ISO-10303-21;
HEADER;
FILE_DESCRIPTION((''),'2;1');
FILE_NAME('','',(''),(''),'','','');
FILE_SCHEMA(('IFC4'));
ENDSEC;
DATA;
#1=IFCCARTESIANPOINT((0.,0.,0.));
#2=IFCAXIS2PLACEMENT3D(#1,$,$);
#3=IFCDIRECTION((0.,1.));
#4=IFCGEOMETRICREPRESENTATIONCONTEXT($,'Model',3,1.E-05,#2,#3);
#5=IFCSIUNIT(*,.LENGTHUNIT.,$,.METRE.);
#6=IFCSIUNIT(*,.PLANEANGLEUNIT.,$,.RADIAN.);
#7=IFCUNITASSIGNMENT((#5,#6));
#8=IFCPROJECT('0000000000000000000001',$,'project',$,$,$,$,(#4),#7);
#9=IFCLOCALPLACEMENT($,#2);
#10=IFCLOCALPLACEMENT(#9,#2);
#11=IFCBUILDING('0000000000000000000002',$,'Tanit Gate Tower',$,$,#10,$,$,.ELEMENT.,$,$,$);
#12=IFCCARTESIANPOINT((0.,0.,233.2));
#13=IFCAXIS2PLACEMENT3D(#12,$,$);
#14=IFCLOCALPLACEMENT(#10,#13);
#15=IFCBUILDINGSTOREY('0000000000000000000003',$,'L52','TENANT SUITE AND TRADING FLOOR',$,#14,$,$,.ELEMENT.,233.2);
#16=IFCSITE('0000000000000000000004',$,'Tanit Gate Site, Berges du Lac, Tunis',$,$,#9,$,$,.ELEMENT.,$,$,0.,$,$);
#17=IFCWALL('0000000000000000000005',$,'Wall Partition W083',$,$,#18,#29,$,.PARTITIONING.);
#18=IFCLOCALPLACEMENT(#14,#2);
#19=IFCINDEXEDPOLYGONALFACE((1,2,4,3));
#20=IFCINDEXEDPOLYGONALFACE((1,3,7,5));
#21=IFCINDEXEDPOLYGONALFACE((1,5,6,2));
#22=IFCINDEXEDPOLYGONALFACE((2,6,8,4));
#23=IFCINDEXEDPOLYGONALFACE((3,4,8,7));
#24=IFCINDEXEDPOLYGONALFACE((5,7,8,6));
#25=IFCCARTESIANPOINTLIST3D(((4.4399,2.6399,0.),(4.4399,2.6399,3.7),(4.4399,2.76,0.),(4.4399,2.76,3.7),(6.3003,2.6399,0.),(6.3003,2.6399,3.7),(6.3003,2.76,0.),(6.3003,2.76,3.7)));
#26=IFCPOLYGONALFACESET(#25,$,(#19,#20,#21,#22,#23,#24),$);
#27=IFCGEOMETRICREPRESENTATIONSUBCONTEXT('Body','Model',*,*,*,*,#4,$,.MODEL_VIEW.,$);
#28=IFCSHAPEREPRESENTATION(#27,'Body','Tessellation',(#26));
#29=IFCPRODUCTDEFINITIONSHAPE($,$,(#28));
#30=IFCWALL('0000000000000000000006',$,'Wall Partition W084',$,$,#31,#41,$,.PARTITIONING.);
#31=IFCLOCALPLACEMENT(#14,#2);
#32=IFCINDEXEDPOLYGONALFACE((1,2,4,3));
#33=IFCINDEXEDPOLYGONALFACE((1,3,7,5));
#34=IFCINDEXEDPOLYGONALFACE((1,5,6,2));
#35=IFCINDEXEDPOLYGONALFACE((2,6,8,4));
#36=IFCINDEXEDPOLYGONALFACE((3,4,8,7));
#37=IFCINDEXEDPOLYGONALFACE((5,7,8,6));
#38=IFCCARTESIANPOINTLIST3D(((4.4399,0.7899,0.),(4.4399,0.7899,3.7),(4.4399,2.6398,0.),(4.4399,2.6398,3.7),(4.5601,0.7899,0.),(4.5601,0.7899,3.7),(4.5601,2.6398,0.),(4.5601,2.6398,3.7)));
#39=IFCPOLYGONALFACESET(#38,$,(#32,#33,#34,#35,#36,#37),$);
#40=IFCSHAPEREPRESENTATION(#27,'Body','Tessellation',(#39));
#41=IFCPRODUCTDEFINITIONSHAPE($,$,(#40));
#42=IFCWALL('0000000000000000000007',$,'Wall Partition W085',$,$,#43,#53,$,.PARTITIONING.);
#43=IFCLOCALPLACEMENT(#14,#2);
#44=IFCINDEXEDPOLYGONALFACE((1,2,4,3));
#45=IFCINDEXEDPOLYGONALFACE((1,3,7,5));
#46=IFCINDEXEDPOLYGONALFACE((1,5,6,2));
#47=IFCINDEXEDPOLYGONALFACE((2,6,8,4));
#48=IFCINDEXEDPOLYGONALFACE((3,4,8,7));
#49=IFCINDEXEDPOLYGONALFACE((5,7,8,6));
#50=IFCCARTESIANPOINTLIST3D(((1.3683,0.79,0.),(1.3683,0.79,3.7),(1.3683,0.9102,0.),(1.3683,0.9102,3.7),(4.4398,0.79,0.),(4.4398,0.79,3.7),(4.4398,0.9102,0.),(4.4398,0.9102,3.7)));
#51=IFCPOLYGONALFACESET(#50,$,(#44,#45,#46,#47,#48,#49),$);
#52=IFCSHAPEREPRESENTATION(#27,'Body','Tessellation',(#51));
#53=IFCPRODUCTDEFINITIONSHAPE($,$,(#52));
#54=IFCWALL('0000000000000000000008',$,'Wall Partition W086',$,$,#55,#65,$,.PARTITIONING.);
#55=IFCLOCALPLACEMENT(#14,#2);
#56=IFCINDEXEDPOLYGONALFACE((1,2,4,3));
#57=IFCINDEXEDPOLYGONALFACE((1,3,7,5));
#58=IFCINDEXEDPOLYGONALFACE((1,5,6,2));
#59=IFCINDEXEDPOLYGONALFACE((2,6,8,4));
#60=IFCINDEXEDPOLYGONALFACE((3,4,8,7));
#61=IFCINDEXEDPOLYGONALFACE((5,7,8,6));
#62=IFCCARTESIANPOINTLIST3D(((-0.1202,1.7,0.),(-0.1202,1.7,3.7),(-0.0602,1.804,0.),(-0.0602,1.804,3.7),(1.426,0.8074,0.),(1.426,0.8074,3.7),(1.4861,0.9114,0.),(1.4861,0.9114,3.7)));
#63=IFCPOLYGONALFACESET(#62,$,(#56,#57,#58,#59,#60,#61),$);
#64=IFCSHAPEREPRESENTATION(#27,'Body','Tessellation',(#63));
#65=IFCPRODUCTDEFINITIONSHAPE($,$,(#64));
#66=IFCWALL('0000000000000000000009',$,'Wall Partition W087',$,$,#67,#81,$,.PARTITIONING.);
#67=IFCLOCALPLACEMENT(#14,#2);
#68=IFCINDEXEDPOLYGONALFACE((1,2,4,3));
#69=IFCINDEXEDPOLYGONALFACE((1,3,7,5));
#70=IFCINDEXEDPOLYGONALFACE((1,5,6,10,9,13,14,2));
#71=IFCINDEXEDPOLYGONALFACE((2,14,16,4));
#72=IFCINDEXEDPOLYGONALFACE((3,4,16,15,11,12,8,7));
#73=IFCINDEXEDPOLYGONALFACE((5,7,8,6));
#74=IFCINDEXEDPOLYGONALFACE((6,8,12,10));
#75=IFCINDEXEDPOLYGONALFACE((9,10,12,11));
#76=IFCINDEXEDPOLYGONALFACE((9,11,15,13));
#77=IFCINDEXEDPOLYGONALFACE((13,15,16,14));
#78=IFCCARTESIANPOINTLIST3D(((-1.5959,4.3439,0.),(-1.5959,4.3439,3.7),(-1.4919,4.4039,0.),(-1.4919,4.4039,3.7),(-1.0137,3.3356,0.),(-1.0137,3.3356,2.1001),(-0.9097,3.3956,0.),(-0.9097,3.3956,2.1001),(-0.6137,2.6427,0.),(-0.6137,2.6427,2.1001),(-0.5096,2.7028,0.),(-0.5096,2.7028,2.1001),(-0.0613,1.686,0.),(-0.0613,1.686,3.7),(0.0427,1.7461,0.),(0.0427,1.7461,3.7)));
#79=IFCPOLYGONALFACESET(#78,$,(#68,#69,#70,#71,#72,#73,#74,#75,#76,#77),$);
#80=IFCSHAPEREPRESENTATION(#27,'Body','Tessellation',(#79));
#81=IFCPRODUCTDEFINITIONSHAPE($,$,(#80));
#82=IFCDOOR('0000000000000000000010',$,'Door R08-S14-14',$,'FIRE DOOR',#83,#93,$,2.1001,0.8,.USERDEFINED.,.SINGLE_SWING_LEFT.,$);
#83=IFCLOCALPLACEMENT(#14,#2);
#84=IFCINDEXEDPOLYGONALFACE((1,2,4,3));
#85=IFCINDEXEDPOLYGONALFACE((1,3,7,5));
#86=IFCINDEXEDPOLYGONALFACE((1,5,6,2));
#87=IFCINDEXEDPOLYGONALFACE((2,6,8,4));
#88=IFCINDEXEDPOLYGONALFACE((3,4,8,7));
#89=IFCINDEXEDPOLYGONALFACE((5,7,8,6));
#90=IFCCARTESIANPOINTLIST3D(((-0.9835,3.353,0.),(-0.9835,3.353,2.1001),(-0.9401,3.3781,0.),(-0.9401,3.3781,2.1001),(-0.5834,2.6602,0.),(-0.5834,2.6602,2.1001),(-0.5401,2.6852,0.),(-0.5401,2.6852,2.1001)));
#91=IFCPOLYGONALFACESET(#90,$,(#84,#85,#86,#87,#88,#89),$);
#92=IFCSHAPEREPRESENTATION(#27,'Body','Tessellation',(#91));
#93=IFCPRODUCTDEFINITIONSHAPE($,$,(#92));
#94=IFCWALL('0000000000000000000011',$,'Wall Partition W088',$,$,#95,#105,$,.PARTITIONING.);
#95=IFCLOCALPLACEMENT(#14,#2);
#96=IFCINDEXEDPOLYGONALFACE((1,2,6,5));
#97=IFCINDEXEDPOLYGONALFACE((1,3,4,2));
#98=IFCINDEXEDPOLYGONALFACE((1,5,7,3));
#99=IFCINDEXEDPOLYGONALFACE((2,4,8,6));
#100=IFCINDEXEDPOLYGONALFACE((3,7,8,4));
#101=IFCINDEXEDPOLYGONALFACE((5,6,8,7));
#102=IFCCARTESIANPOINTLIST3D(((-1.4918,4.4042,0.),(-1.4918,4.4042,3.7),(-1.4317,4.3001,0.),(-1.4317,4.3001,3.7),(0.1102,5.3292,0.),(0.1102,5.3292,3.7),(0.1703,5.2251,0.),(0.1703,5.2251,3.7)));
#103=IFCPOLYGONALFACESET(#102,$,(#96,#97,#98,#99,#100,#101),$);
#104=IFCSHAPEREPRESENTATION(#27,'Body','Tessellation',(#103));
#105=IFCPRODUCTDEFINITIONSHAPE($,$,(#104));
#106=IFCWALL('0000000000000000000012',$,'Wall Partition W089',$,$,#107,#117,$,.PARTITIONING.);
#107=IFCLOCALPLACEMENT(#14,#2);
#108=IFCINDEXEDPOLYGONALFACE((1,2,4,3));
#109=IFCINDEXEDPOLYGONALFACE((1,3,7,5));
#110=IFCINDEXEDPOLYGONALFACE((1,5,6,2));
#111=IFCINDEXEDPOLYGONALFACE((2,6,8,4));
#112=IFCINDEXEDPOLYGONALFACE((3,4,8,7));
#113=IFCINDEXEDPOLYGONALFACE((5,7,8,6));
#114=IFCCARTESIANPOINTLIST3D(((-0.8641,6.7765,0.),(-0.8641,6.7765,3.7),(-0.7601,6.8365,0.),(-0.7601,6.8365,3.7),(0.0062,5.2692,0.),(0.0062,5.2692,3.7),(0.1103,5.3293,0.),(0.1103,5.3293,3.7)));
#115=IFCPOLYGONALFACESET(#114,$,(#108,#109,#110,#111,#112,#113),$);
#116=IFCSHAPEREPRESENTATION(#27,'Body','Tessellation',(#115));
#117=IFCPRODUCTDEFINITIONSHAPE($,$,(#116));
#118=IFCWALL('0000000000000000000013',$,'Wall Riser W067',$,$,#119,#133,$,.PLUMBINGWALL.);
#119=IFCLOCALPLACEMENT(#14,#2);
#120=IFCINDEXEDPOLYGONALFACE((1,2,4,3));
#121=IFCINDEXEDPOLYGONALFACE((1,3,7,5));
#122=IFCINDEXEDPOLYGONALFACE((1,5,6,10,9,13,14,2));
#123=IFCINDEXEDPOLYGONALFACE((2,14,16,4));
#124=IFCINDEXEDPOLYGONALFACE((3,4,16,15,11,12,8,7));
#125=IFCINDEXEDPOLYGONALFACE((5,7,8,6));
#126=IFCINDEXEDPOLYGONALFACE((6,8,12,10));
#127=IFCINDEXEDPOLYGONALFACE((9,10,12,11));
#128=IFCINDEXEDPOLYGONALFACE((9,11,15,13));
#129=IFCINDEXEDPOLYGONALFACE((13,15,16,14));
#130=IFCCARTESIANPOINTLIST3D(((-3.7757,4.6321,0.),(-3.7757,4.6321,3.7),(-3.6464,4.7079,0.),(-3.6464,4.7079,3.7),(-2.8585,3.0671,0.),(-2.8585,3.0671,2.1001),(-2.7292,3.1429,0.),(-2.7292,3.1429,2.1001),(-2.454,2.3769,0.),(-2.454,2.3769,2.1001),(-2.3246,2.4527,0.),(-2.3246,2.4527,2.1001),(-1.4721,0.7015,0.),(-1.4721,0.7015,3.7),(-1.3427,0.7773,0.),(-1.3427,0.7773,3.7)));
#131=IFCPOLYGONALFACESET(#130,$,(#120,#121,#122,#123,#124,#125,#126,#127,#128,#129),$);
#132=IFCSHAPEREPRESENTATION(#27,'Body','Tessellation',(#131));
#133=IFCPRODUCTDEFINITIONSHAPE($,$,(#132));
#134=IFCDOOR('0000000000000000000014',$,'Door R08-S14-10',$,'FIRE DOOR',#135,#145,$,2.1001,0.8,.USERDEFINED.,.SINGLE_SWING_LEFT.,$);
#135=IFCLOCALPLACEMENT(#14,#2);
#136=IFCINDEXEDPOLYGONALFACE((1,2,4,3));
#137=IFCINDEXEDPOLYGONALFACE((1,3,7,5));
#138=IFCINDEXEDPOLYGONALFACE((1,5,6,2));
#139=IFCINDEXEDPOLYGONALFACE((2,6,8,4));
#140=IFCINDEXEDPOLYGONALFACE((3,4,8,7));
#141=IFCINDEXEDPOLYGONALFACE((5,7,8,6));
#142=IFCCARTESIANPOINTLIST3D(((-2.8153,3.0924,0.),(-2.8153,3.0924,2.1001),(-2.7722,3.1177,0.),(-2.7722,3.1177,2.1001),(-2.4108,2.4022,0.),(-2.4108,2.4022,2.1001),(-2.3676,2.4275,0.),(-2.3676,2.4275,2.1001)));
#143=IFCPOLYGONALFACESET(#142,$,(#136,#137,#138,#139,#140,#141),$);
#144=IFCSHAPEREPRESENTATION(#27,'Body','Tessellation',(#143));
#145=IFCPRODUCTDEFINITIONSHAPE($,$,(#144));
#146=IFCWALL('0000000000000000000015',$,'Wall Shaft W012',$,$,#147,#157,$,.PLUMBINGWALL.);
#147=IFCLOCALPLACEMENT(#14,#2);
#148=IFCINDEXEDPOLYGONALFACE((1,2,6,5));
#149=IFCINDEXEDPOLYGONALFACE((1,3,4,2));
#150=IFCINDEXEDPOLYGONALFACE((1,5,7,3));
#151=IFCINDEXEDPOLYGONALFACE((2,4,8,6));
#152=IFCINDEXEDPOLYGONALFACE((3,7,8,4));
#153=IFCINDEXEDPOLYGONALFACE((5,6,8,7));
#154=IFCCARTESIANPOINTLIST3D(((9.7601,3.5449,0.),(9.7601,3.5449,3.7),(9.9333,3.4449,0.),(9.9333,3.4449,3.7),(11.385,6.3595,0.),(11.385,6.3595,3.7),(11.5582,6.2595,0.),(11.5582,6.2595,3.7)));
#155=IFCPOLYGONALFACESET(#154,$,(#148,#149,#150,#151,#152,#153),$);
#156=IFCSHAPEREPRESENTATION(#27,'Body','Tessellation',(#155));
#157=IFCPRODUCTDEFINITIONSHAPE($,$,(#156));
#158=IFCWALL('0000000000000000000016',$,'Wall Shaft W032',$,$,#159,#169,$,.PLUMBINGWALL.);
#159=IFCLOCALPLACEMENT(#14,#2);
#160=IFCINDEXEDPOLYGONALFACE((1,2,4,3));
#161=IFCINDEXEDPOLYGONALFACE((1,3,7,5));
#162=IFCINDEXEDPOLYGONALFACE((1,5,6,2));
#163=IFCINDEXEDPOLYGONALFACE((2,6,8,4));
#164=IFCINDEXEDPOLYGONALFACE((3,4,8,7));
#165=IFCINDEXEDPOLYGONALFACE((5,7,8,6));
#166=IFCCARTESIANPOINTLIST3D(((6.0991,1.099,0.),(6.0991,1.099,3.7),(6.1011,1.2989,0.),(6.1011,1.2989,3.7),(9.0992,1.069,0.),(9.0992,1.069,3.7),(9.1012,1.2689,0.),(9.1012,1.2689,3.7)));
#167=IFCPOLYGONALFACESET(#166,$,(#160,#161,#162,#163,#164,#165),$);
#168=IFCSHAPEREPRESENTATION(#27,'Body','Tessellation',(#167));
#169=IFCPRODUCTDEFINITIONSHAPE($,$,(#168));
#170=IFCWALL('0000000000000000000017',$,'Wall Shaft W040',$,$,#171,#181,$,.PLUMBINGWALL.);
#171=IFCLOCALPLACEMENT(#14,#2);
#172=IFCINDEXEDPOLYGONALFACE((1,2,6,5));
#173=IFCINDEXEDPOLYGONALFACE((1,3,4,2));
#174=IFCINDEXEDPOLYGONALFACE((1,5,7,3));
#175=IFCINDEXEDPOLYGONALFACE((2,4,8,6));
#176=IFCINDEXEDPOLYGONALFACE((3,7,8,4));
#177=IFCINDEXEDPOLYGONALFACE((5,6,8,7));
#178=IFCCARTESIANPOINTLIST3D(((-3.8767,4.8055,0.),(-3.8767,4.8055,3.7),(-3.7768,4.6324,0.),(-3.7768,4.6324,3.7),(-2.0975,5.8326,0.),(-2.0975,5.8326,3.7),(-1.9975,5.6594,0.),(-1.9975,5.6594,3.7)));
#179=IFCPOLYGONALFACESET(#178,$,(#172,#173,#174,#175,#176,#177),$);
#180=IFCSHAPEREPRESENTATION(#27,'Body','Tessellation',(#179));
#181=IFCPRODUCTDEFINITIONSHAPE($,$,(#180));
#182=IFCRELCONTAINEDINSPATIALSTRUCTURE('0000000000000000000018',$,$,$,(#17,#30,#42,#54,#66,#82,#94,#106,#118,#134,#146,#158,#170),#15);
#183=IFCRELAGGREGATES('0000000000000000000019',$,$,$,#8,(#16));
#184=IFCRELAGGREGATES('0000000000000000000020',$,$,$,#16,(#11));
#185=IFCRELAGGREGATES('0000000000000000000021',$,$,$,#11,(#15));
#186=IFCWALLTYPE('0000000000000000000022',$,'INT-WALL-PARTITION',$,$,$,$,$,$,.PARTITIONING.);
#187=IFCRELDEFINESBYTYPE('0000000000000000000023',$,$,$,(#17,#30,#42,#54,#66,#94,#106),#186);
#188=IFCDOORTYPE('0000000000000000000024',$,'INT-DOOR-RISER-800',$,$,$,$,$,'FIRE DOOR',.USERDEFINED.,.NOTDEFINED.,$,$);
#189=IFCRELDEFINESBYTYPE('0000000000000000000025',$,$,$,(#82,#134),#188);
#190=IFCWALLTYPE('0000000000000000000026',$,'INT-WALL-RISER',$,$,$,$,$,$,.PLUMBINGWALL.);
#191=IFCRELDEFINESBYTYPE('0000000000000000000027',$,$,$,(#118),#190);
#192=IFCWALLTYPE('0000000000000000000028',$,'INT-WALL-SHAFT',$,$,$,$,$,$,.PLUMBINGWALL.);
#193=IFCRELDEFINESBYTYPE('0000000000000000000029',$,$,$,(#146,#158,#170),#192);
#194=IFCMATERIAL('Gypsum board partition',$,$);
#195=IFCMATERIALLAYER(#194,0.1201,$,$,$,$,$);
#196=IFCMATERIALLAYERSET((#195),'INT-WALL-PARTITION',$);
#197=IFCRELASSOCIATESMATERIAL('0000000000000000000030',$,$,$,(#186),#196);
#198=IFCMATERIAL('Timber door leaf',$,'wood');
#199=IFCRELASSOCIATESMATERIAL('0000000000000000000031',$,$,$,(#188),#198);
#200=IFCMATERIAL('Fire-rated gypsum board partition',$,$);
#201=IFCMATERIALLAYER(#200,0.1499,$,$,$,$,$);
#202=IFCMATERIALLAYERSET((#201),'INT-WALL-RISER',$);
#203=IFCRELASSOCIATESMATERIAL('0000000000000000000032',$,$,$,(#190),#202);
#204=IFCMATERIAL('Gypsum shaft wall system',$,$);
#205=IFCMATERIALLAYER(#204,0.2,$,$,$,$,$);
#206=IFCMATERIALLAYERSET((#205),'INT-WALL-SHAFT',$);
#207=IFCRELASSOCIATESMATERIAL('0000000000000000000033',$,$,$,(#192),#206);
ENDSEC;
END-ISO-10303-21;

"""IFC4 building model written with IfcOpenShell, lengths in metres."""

from ifc_helpers import new_model, si_unit, direction, frame, frame_2d, origin, place, context, subcontext, project, spatial, rectangle, extrude, material, layer, layer_set, type_object, element, fill, save


model = new_model("IFC4")

# Units and contexts
model_context = context("Model", 3, precision=1e-05, world=origin(), true_north=direction((0.0, 1.0)))
body_context = subcontext(model_context, "Body", "Model", "MODEL_VIEW")
ifc_project = project(units=[si_unit("LENGTHUNIT", "METRE"), si_unit("PLANEANGLEUNIT", "RADIAN")], contexts=[model_context])

# Site, building, storey
site_placement = place(None, origin())
site = spatial("IfcSite", under=ifc_project, at=site_placement, Name="Tanit Gate Site, Berges du Lac, Tunis", CompositionType="ELEMENT", RefElevation=0.0)
building_placement = place(site_placement, origin())
building = spatial("IfcBuilding", under=site, at=building_placement, Name="Tanit Gate Tower", CompositionType="ELEMENT")
storey_placement = place(building_placement, frame((0.0, 0.0, 233.2)))
storey = spatial("IfcBuildingStorey", under=building, at=storey_placement, Name="L52", Description="TENANT SUITE AND TRADING FLOOR", CompositionType="ELEMENT", Elevation=233.2)

# Shared definitions
ifc_material_1 = material(Name="Gypsum board partition")
ifc_layer_1 = layer(ifc_material_1, 0.1201)
ifc_layer_set_1 = layer_set([ifc_layer_1], Name="INT-WALL-PARTITION")
wall_type_1 = type_object("IfcWallType", Name="INT-WALL-PARTITION", PredefinedType="PARTITIONING", material=ifc_layer_set_1)

# Shared definitions
ifc_material_2 = material(Name="Timber door leaf", Category="wood")
door_type_1 = type_object("IfcDoorType", Name="INT-DOOR-RISER-800", ElementType="FIRE DOOR", OperationType="NOTDEFINED", PredefinedType="USERDEFINED", material=ifc_material_2)

# Walls
wall_1_placement = place(storey_placement, frame((4.4399, 2.7, 0.0), z_axis=(0.0, 0.0, 1.0), x_axis=(1.0, 0.0, 0.0)))
element("IfcWall", 1, at=wall_1_placement, inside=storey, type_object=wall_type_1, Name="Wall Partition W083", PredefinedType="PARTITIONING", context=body_context, shape_type="SweptSolid", body=[
    extrude(rectangle(XDim=1.8604, YDim=0.1201, at=frame_2d((0.9302, 0.0))), origin(), (0.0, 0.0, 1.0), 3.7),
])
wall_2_placement = place(storey_placement, frame((4.5, 0.79, 0.0), z_axis=(0.0, 0.0, 1.0), x_axis=(0.0, 1.0, 0.0)))
element("IfcWall", 2, at=wall_2_placement, inside=storey, type_object=wall_type_1, Name="Wall Partition W084", PredefinedType="PARTITIONING", context=body_context, shape_type="SweptSolid", body=[
    extrude(rectangle(XDim=1.8499, YDim=0.1201, at=frame_2d((0.9248, 0.0))), origin(), (0.0, 0.0, 1.0), 3.7),
])
wall_3_placement = place(storey_placement, frame((1.3684, 0.8501, 0.0), z_axis=(0.0, 0.0, 1.0), x_axis=(1.0, 0.0, 0.0)))
element("IfcWall", 3, at=wall_3_placement, inside=storey, type_object=wall_type_1, Name="Wall Partition W085", PredefinedType="PARTITIONING", context=body_context, shape_type="SweptSolid", body=[
    extrude(rectangle(XDim=3.0715, YDim=0.1201, at=frame_2d((1.5356, 0.0))), origin(), (0.0, 0.0, 1.0), 3.7),
])
wall_4_placement = place(storey_placement, frame((-0.0901, 1.752, 0.0), z_axis=(0.0, 0.0, 1.0), x_axis=(0.866047, -0.499963, 0.0)))
element("IfcWall", 4, at=wall_4_placement, inside=storey, type_object=wall_type_1, Name="Wall Partition W086", PredefinedType="PARTITIONING", context=body_context, shape_type="SweptSolid", body=[
    extrude(rectangle(XDim=1.7854, YDim=0.1201, at=frame_2d((0.8926, 0.0))), origin(), (0.0, 0.0, 1.0), 3.7),
])

# Wall, opening, door
wall_5_placement = place(storey_placement, frame((-1.5439, 4.374, 0.0), z_axis=(0.0, 0.0, 1.0), x_axis=(0.500023, -0.866012, 0.0)))
wall_5 = element("IfcWall", 5, at=wall_5_placement, inside=storey, type_object=wall_type_1, Name="Wall Partition W087", PredefinedType="PARTITIONING", context=body_context, shape_type="SweptSolid", body=[
    extrude(rectangle(XDim=3.0691, YDim=0.1201, at=frame_2d((1.5347, 0.0))), origin(), (0.0, 0.0, 1.0), 3.7),
])
opening_1_placement = place(wall_5_placement, frame((1.1646, 0.0, 0.0)))
opening_1 = element("IfcOpeningElement", 6, at=opening_1_placement, cuts=wall_5, PredefinedType="OPENING", context=body_context, shape_type="SweptSolid", body=[
    extrude(rectangle(XDim=0.8, YDim=2.1001, at=frame_2d((0.3999, 1.05))), frame((0.0, 0.0701, 0.0), z_axis=(0.0, -1.0, 0.0), x_axis=(1.0, 0.0, 0.0)), (0.0, 0.0, 1.0), 0.1401),
])
door_1_placement = place(opening_1_placement, origin())
door_1 = element("IfcDoor", 7, at=door_1_placement, inside=storey, type_object=door_type_1, Name="Door R08-S14-14", ObjectType="FIRE DOOR", OperationType="SINGLE_SWING_LEFT", OverallHeight=2.1001, OverallWidth=0.8, PredefinedType="USERDEFINED", context=body_context, shape_type="SweptSolid", body=[
    extrude(rectangle(XDim=0.8, YDim=2.1001, at=frame_2d((0.3999, 1.05))), frame((0.0, 0.0249, 0.0), z_axis=(0.0, -1.0, 0.0), x_axis=(1.0, 0.0, 0.0)), (0.0, 0.0, 1.0), 0.05),
])
fill(opening_1, door_1)

# Walls
wall_6_placement = place(storey_placement, frame((0.1401, 5.2771, 0.0), z_axis=(0.0, 0.0, 1.0), x_axis=(-0.866001, -0.500042, 0.0)))
element("IfcWall", 8, at=wall_6_placement, inside=storey, type_object=wall_type_1, Name="Wall Partition W088", PredefinedType="PARTITIONING", context=body_context, shape_type="SweptSolid", body=[
    extrude(rectangle(XDim=1.8499, YDim=0.1201, at=frame_2d((0.9248, 0.0))), origin(), (0.0, 0.0, 1.0), 3.7),
])
wall_7_placement = place(storey_placement, frame((-0.812, 6.8064, 0.0), z_axis=(0.0, 0.0, 1.0), x_axis=(0.500046, -0.865999, 0.0)))
element("IfcWall", 9, at=wall_7_placement, inside=storey, type_object=wall_type_1, Name="Wall Partition W089", PredefinedType="PARTITIONING", context=body_context, shape_type="SweptSolid", body=[
    extrude(rectangle(XDim=1.7405, YDim=0.1201, at=frame_2d((0.8701, 0.0))), origin(), (0.0, 0.0, 1.0), 3.7),
])

# Wall, opening, door
ifc_material_3 = material(Name="Fire-rated gypsum board partition")
ifc_layer_2 = layer(ifc_material_3, 0.1499)
ifc_layer_set_2 = layer_set([ifc_layer_2], Name="INT-WALL-RISER")
wall_type_2 = type_object("IfcWallType", Name="INT-WALL-RISER", PredefinedType="PLUMBINGWALL", material=ifc_layer_set_2)
wall_8_placement = place(storey_placement, frame((-1.4075, 0.7395, 0.0), z_axis=(0.0, 0.0, 1.0), x_axis=(-0.505642, 0.862743, 0.0)))
wall_8 = element("IfcWall", 10, at=wall_8_placement, inside=storey, type_object=wall_type_2, Name="Wall Riser W067", PredefinedType="PLUMBINGWALL", context=body_context, shape_type="SweptSolid", body=[
    extrude(rectangle(XDim=4.5559, YDim=0.1499, at=frame_2d((2.2778, 0.0))), origin(), (0.0, 0.0, 1.0), 3.7),
])
opening_2_placement = place(wall_8_placement, frame((1.9419, 0.0, 0.0)))
opening_2 = element("IfcOpeningElement", 11, at=opening_2_placement, cuts=wall_8, PredefinedType="OPENING", context=body_context, shape_type="SweptSolid", body=[
    extrude(rectangle(XDim=0.8, YDim=2.1001, at=frame_2d((0.3999, 1.05))), frame((0.0, 0.085, 0.0), z_axis=(0.0, -1.0, 0.0), x_axis=(1.0, 0.0, 0.0)), (0.0, 0.0, 1.0), 0.1699),
])
door_2_placement = place(opening_2_placement, origin())
door_2 = element("IfcDoor", 12, at=door_2_placement, inside=storey, type_object=door_type_1, Name="Door R08-S14-10", ObjectType="FIRE DOOR", OperationType="SINGLE_SWING_LEFT", OverallHeight=2.1001, OverallWidth=0.8, PredefinedType="USERDEFINED", context=body_context, shape_type="SweptSolid", body=[
    extrude(rectangle(XDim=0.8, YDim=2.1001, at=frame_2d((0.3999, 1.05))), frame((0.0, 0.0249, 0.0), z_axis=(0.0, -1.0, 0.0), x_axis=(1.0, 0.0, 0.0)), (0.0, 0.0, 1.0), 0.05),
])
fill(opening_2, door_2)

# Wall
ifc_material_4 = material(Name="Gypsum shaft wall system")
ifc_layer_3 = layer(ifc_material_4, 0.2)
ifc_layer_set_3 = layer_set([ifc_layer_3], Name="INT-WALL-SHAFT")
wall_type_3 = type_object("IfcWallType", Name="INT-WALL-SHAFT", PredefinedType="PLUMBINGWALL", material=ifc_layer_set_3)
wall_9_placement = place(storey_placement, frame((9.8467, 3.4949, 0.0), z_axis=(0.0, 0.0, 1.0), x_axis=(0.499985, 0.866034, 0.0)))
element("IfcWall", 13, at=wall_9_placement, inside=storey, type_object=wall_type_3, Name="Wall Shaft W012", PredefinedType="PLUMBINGWALL", context=body_context, shape_type="SweptSolid", body=[
    extrude(rectangle(XDim=3.25, YDim=0.2, at=frame_2d((1.625, 0.0))), origin(), (0.0, 0.0, 1.0), 3.7),
])

# Walls
wall_10_placement = place(storey_placement, frame((9.1001, 1.1689, 0.0), z_axis=(0.0, 0.0, 1.0), x_axis=(-0.99995, 0.010009, 0.0)))
element("IfcWall", 14, at=wall_10_placement, inside=storey, type_object=wall_type_3, Name="Wall Shaft W032", PredefinedType="PLUMBINGWALL", context=body_context, shape_type="SweptSolid", body=[
    extrude(rectangle(XDim=3.0002, YDim=0.2, at=frame_2d((1.5, 0.0))), origin(), (0.0, 0.0, 1.0), 3.7),
])
wall_11_placement = place(storey_placement, frame((-2.0474, 5.7461, 0.0), z_axis=(0.0, 0.0, 1.0), x_axis=(-0.866063, -0.499935, 0.0)))
element("IfcWall", 15, at=wall_11_placement, inside=storey, type_object=wall_type_3, Name="Wall Shaft W040", PredefinedType="PLUMBINGWALL", context=body_context, shape_type="SweptSolid", body=[
    extrude(rectangle(XDim=2.0544, YDim=0.2, at=frame_2d((1.0273, 0.0))), origin(), (0.0, 0.0, 1.0), 3.7),
])

save(model, "model.ifc")
